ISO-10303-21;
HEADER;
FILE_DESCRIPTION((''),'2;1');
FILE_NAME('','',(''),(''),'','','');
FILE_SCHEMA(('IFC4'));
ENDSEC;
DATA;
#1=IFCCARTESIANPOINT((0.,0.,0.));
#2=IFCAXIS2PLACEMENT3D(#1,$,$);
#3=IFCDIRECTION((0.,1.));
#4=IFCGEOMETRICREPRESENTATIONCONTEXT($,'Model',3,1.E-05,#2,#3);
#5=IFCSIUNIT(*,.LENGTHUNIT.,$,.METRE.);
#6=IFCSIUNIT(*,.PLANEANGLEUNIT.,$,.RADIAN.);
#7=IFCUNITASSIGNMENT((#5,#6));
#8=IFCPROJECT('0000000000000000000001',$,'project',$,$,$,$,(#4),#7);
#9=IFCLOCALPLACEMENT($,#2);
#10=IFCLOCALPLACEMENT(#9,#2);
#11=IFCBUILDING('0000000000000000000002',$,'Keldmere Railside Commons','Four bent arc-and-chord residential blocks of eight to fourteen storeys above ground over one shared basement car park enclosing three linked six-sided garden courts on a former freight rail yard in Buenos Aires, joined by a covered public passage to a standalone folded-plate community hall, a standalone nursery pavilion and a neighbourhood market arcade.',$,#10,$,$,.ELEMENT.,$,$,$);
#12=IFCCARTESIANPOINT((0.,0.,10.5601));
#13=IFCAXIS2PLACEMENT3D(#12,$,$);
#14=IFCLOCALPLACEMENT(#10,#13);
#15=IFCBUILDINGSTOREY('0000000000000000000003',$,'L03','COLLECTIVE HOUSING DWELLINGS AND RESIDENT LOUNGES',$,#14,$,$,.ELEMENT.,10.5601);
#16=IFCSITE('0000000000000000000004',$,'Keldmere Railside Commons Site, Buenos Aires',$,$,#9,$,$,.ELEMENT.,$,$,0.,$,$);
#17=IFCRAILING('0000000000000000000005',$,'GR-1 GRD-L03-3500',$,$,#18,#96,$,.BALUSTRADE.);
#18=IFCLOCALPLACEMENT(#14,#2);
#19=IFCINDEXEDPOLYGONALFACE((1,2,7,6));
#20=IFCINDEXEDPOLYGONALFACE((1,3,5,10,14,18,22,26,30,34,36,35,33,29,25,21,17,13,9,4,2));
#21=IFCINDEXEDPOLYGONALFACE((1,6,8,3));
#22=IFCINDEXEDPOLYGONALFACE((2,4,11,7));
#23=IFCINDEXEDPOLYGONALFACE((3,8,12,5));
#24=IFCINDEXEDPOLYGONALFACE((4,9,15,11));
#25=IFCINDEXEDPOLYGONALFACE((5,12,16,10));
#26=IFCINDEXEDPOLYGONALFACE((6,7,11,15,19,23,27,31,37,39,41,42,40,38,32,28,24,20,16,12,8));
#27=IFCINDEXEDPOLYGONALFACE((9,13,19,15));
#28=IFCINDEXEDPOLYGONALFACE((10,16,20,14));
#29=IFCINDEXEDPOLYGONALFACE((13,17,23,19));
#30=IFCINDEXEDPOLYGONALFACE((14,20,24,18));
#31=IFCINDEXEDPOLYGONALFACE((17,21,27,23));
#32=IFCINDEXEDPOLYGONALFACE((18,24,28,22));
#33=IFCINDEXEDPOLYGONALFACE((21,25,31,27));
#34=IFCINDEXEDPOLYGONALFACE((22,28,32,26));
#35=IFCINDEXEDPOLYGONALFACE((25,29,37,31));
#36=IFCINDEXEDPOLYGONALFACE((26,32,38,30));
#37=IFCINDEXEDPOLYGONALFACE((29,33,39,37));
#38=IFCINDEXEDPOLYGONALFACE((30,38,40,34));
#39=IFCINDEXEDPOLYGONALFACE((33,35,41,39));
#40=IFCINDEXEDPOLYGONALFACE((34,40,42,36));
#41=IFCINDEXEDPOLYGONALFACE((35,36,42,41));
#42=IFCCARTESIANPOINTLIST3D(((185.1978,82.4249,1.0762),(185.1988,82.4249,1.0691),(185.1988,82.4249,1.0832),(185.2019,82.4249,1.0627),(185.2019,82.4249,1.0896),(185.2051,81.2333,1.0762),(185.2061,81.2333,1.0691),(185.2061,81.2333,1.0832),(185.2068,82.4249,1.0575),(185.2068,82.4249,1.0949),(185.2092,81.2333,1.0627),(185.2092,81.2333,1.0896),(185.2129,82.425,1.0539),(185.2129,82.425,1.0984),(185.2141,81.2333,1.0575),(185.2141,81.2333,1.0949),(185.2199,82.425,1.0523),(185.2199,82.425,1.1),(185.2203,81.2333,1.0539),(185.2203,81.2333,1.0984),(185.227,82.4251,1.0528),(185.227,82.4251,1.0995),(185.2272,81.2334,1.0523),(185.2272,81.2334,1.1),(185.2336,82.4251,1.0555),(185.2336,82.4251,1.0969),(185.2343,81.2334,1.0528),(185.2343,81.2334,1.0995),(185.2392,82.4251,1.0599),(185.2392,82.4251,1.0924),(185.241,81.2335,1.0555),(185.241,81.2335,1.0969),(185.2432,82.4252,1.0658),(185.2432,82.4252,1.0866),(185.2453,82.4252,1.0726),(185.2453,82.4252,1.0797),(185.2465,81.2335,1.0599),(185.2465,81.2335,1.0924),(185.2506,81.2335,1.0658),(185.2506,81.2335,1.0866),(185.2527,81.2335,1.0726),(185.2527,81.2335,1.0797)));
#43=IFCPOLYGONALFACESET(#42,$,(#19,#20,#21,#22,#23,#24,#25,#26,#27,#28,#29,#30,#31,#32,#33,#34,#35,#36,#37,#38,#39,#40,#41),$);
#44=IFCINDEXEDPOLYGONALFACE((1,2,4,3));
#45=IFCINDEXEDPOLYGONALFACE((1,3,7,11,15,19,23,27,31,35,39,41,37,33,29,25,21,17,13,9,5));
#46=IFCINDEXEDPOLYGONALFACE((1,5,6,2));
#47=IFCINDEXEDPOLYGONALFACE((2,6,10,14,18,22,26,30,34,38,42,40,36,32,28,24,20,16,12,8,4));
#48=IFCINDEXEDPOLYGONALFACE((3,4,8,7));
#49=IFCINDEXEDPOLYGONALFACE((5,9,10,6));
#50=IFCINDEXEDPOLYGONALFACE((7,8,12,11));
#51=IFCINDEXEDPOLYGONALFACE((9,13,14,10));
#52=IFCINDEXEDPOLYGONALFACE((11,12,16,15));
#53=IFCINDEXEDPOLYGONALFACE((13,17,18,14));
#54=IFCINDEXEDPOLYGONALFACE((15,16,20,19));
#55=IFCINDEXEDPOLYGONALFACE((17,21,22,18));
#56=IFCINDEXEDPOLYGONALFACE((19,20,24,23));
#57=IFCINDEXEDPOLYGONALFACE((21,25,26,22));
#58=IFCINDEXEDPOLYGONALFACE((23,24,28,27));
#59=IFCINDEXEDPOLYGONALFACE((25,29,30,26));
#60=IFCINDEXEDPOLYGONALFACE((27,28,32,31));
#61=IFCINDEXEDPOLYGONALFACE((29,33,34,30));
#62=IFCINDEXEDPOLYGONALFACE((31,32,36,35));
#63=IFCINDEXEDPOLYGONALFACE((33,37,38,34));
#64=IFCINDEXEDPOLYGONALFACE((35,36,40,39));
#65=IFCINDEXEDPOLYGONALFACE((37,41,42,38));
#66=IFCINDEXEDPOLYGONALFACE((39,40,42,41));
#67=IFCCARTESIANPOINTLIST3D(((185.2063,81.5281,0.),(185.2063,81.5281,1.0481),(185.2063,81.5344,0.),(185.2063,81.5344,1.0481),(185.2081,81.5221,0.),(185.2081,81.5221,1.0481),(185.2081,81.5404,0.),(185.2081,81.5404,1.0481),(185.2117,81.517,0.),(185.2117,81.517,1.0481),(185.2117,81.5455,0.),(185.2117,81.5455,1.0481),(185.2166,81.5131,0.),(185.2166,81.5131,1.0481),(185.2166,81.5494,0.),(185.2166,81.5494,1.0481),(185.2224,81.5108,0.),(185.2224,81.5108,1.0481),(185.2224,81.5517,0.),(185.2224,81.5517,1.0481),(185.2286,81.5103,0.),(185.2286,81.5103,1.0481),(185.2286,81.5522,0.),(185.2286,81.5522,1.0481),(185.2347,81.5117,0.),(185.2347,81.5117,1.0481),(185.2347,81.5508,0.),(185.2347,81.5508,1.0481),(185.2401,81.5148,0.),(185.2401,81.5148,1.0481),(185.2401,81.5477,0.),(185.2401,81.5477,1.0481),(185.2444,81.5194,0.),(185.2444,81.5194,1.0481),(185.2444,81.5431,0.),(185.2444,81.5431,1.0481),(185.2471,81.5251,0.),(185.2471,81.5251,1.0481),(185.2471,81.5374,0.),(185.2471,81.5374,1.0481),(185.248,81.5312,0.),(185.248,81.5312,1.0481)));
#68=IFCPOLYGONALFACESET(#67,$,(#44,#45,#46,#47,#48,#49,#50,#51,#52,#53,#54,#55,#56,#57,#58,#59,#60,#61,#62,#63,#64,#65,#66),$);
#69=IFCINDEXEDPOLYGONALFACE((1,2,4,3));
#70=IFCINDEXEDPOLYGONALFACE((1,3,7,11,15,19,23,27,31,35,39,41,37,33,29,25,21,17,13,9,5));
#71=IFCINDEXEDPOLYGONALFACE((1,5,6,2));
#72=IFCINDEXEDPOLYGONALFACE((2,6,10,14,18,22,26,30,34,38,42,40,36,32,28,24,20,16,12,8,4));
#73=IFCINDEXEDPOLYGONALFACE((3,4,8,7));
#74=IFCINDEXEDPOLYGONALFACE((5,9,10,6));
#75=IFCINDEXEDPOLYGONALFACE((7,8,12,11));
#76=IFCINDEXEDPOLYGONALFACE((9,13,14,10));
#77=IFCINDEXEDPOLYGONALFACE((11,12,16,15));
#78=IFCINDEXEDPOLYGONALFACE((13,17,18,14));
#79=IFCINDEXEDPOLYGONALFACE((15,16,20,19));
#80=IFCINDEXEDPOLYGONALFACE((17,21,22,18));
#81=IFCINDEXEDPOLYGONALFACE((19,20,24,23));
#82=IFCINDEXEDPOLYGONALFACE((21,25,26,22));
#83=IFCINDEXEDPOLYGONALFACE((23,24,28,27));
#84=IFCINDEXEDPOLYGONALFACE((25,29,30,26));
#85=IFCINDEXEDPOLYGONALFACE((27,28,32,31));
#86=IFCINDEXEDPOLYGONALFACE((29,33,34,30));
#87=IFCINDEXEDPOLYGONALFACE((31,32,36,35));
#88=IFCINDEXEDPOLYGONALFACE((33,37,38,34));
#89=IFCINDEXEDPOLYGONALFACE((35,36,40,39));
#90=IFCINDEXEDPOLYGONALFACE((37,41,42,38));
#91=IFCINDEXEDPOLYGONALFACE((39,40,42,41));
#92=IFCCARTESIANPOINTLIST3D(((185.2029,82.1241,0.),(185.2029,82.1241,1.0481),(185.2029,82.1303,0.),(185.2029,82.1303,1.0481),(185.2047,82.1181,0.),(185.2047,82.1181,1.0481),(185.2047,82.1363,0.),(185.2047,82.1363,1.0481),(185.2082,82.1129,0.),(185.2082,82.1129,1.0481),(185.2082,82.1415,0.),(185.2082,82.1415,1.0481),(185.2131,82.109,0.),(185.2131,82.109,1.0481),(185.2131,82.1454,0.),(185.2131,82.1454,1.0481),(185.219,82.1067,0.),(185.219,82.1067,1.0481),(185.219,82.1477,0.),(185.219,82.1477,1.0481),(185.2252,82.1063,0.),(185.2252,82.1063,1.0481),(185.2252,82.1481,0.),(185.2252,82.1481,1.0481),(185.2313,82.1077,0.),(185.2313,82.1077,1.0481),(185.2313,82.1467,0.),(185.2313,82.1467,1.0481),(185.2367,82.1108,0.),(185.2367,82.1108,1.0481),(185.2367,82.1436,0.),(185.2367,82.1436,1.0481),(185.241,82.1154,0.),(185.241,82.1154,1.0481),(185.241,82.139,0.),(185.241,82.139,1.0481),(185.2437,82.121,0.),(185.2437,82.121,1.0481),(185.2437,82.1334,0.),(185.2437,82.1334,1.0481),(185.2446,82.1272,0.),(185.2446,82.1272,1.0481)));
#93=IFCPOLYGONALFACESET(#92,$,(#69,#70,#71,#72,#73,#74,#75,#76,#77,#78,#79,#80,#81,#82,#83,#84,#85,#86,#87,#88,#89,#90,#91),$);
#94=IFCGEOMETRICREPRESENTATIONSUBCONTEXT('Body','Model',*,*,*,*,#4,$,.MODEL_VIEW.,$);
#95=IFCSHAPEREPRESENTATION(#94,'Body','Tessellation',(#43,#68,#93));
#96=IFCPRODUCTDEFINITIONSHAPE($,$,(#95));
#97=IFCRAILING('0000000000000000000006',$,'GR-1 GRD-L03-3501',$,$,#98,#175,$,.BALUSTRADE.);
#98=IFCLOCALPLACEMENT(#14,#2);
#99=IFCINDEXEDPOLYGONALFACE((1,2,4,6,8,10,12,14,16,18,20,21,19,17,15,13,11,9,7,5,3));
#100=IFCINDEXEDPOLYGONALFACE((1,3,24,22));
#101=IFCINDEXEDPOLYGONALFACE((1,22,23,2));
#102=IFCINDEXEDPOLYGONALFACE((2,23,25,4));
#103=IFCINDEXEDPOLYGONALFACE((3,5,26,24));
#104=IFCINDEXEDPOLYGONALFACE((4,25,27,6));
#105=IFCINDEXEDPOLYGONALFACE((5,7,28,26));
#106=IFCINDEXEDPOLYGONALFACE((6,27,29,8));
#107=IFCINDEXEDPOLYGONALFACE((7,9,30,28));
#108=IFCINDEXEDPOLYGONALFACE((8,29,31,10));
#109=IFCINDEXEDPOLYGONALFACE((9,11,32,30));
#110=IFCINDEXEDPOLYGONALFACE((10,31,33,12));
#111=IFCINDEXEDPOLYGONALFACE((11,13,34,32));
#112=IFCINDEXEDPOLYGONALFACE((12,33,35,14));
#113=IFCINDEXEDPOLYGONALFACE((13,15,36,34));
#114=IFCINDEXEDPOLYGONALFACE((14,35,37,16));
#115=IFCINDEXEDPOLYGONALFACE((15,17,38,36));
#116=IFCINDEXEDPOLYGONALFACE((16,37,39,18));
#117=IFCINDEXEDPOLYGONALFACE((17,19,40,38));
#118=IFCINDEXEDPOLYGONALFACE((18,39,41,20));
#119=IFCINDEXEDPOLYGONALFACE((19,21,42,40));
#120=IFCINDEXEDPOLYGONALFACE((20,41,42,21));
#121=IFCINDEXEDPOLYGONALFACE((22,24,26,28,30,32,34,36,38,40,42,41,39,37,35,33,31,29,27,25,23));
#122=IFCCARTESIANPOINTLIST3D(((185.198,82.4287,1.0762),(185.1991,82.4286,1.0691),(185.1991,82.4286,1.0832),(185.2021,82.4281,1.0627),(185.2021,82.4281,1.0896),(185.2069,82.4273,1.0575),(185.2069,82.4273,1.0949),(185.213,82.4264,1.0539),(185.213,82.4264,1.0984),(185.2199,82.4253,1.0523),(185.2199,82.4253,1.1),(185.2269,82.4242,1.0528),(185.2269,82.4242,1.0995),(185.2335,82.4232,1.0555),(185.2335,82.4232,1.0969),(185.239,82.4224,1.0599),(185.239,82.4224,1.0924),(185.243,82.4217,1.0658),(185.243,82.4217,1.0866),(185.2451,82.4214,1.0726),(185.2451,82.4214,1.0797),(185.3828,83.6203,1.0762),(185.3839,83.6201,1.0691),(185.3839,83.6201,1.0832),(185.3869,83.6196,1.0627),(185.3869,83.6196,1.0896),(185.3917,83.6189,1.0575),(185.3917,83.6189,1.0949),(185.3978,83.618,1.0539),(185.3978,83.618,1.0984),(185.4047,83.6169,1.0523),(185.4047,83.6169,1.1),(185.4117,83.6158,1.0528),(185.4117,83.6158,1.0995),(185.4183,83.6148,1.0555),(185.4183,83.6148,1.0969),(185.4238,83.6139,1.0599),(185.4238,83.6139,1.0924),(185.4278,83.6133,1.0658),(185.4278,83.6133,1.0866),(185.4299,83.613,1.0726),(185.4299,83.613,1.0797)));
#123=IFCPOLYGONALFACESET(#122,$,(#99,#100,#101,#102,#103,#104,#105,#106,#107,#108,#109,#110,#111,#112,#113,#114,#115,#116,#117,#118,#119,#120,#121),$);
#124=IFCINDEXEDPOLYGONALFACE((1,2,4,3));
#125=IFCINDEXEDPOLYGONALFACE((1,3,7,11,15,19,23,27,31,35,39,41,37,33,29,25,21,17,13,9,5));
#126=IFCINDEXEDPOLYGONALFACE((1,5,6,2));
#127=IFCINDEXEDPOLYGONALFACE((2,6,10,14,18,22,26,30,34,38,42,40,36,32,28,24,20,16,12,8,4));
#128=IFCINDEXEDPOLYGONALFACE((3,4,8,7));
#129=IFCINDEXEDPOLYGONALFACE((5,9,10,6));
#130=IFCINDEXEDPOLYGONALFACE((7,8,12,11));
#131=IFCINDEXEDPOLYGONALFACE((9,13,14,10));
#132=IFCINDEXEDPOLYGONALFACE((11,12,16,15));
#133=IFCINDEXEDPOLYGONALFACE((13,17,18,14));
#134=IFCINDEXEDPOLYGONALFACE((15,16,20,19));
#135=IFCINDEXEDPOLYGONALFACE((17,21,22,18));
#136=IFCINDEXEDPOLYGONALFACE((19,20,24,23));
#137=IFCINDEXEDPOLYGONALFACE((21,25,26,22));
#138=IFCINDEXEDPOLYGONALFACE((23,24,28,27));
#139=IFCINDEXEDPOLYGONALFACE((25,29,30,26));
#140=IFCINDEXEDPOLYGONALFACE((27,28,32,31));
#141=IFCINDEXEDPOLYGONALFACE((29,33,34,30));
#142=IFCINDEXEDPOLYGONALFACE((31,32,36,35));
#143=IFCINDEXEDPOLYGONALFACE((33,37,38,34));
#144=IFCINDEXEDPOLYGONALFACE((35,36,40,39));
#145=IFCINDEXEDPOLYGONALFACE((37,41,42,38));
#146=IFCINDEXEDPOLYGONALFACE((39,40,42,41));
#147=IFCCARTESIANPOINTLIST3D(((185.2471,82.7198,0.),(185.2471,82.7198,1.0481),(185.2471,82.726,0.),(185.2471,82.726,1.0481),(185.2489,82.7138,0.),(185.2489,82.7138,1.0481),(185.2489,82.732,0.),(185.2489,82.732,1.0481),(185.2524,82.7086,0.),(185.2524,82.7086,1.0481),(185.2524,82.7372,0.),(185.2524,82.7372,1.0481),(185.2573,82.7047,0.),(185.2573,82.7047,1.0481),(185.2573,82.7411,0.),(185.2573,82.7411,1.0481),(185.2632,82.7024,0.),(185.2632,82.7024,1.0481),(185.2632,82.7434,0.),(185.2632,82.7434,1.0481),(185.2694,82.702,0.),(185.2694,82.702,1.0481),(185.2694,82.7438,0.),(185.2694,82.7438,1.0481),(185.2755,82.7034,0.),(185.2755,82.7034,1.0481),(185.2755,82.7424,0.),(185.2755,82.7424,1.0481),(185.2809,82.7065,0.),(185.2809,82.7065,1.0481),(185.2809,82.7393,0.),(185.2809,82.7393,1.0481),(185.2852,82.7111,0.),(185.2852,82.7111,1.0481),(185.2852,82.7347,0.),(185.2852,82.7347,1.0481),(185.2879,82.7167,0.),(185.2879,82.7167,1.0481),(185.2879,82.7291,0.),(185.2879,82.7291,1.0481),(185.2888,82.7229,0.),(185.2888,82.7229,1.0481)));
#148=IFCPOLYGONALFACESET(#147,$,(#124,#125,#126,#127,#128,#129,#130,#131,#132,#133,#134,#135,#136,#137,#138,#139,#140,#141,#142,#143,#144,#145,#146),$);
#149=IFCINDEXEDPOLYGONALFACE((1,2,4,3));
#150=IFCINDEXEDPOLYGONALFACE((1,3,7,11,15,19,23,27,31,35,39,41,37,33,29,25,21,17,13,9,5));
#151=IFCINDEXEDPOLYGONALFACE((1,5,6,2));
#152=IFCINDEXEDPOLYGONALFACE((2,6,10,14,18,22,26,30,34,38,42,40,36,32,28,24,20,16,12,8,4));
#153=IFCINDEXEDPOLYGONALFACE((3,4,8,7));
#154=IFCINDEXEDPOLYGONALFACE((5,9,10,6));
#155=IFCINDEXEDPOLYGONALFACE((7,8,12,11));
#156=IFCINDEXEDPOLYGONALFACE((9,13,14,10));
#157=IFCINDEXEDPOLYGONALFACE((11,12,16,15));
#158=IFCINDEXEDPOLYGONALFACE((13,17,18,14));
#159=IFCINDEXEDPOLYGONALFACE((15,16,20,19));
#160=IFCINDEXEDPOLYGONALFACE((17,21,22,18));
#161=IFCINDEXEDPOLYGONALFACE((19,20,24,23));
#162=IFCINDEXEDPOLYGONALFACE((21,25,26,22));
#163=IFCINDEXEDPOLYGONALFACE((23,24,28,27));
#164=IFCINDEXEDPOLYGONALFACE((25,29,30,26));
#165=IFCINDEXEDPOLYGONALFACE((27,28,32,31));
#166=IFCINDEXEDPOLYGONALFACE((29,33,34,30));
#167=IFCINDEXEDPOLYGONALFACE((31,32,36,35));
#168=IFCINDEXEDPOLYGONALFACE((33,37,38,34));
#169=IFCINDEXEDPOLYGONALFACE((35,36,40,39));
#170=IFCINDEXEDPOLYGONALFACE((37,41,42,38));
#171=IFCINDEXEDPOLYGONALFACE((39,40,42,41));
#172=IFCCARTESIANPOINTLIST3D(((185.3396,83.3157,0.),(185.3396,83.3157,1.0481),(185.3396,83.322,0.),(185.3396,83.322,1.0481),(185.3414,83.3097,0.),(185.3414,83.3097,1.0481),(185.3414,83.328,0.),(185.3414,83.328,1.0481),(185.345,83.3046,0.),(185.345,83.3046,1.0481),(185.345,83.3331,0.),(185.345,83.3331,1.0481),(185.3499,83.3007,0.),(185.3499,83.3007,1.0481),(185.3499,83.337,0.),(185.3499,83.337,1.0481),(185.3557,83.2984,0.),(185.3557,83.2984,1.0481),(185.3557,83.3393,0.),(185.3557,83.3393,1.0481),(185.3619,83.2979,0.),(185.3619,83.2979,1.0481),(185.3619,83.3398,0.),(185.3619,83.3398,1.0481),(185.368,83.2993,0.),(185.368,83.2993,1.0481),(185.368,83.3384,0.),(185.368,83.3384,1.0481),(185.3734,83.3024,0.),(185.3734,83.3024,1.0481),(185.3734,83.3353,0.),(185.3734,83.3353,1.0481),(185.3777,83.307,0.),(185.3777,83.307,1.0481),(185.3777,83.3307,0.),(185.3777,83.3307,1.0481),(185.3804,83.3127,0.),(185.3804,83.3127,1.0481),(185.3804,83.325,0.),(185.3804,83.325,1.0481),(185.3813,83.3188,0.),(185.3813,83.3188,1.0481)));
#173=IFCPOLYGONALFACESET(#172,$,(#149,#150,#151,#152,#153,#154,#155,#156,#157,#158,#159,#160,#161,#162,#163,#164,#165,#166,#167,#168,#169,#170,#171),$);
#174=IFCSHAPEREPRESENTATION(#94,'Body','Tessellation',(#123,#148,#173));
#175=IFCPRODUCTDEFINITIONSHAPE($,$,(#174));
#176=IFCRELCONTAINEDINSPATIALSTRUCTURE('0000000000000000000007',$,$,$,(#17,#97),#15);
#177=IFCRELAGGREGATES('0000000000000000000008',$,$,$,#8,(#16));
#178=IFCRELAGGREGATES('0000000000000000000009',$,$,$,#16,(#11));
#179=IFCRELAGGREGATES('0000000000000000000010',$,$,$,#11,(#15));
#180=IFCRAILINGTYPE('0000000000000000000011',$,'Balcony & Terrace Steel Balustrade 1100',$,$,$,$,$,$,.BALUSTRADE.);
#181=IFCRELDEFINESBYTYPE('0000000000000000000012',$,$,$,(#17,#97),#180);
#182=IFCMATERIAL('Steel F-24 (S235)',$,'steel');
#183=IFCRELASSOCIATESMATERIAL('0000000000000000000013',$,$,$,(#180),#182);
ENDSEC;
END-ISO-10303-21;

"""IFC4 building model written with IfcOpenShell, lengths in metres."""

from ifc_helpers import new_model, si_unit, direction, frame, origin, origin_2d, place, context, subcontext, project, spatial, circle, extrude, material, type_object, element, save


model = new_model("IFC4")

# Units and contexts
model_context = context("Model", 3, precision=1e-05, world=origin(), true_north=direction((0.0, 1.0)))
body_context = subcontext(model_context, "Body", "Model", "MODEL_VIEW")
ifc_project = project(units=[si_unit("LENGTHUNIT", "METRE"), si_unit("PLANEANGLEUNIT", "RADIAN")], contexts=[model_context])

# Site, building, storey
site_placement = place(None, origin())
site = spatial("IfcSite", under=ifc_project, at=site_placement, Name="Keldmere Railside Commons Site, Buenos Aires", CompositionType="ELEMENT", RefElevation=0.0)
building_placement = place(site_placement, origin())
building = spatial("IfcBuilding", under=site, at=building_placement, Name="Keldmere Railside Commons", Description="Four bent arc-and-chord residential blocks of eight to fourteen storeys above ground over one shared basement car park enclosing three linked six-sided garden courts on a former freight rail yard in Buenos Aires, joined by a covered public passage to a standalone folded-plate community hall, a standalone nursery pavilion and a neighbourhood market arcade.", CompositionType="ELEMENT")
storey_placement = place(building_placement, frame((0.0, 0.0, 10.5601)))
storey = spatial("IfcBuildingStorey", under=building, at=storey_placement, Name="L03", Description="COLLECTIVE HOUSING DWELLINGS AND RESIDENT LOUNGES", CompositionType="ELEMENT", Elevation=10.5601)

# Shared definitions
ifc_material_1 = material(Name="Steel F-24 (S235)", Category="steel")

# Railings
railing_type_1 = type_object("IfcRailingType", Name="Balcony & Terrace Steel Balustrade 1100", PredefinedType="BALUSTRADE", material=ifc_material_1)
railing_1_placement = place(storey_placement, frame((185.229, 81.2334, 0.0)))
element("IfcRailing", 1, at=railing_1_placement, inside=storey, type_object=railing_type_1, Name="GR-1 GRD-L03-3500", PredefinedType="BALUSTRADE", context=body_context, shape_type="SweptSolid", body=[
    extrude(circle(Radius=0.0239, at=origin_2d()), frame((0.0, 0.0, 1.0762), z_axis=(-0.006146, 0.999981, 0.0), x_axis=(-0.999981, -0.006146, 0.0)), (0.0, 0.0, 1.0), 1.1917),
    extrude(circle(Radius=0.021, at=origin_2d()), frame((-0.002, 0.2979, 0.0)), (0.0, 0.0, 1.0), 1.0481),
    extrude(circle(Radius=0.021, at=origin_2d()), frame((-0.0054, 0.8938, 0.0)), (0.0, 0.0, 1.0), 1.0481),
])
railing_2_placement = place(storey_placement, frame((185.2217, 82.425, 0.0)))
element("IfcRailing", 2, at=railing_2_placement, inside=storey, type_object=railing_type_1, Name="GR-1 GRD-L03-3501", PredefinedType="BALUSTRADE", context=body_context, shape_type="SweptSolid", body=[
    extrude(circle(Radius=0.0239, at=origin_2d()), frame((0.0, 0.0, 1.0762), z_axis=(0.153259, 0.988186, 0.0), x_axis=(-0.988186, 0.153259, 0.0)), (0.0, 0.0, 1.0), 1.2058),
    extrude(circle(Radius=0.021, at=origin_2d()), frame((0.0461, 0.2979, 0.0)), (0.0, 0.0, 1.0), 1.0481),
    extrude(circle(Radius=0.021, at=origin_2d()), frame((0.1387, 0.8938, 0.0)), (0.0, 0.0, 1.0), 1.0481),
])

save(model, "model.ifc")
